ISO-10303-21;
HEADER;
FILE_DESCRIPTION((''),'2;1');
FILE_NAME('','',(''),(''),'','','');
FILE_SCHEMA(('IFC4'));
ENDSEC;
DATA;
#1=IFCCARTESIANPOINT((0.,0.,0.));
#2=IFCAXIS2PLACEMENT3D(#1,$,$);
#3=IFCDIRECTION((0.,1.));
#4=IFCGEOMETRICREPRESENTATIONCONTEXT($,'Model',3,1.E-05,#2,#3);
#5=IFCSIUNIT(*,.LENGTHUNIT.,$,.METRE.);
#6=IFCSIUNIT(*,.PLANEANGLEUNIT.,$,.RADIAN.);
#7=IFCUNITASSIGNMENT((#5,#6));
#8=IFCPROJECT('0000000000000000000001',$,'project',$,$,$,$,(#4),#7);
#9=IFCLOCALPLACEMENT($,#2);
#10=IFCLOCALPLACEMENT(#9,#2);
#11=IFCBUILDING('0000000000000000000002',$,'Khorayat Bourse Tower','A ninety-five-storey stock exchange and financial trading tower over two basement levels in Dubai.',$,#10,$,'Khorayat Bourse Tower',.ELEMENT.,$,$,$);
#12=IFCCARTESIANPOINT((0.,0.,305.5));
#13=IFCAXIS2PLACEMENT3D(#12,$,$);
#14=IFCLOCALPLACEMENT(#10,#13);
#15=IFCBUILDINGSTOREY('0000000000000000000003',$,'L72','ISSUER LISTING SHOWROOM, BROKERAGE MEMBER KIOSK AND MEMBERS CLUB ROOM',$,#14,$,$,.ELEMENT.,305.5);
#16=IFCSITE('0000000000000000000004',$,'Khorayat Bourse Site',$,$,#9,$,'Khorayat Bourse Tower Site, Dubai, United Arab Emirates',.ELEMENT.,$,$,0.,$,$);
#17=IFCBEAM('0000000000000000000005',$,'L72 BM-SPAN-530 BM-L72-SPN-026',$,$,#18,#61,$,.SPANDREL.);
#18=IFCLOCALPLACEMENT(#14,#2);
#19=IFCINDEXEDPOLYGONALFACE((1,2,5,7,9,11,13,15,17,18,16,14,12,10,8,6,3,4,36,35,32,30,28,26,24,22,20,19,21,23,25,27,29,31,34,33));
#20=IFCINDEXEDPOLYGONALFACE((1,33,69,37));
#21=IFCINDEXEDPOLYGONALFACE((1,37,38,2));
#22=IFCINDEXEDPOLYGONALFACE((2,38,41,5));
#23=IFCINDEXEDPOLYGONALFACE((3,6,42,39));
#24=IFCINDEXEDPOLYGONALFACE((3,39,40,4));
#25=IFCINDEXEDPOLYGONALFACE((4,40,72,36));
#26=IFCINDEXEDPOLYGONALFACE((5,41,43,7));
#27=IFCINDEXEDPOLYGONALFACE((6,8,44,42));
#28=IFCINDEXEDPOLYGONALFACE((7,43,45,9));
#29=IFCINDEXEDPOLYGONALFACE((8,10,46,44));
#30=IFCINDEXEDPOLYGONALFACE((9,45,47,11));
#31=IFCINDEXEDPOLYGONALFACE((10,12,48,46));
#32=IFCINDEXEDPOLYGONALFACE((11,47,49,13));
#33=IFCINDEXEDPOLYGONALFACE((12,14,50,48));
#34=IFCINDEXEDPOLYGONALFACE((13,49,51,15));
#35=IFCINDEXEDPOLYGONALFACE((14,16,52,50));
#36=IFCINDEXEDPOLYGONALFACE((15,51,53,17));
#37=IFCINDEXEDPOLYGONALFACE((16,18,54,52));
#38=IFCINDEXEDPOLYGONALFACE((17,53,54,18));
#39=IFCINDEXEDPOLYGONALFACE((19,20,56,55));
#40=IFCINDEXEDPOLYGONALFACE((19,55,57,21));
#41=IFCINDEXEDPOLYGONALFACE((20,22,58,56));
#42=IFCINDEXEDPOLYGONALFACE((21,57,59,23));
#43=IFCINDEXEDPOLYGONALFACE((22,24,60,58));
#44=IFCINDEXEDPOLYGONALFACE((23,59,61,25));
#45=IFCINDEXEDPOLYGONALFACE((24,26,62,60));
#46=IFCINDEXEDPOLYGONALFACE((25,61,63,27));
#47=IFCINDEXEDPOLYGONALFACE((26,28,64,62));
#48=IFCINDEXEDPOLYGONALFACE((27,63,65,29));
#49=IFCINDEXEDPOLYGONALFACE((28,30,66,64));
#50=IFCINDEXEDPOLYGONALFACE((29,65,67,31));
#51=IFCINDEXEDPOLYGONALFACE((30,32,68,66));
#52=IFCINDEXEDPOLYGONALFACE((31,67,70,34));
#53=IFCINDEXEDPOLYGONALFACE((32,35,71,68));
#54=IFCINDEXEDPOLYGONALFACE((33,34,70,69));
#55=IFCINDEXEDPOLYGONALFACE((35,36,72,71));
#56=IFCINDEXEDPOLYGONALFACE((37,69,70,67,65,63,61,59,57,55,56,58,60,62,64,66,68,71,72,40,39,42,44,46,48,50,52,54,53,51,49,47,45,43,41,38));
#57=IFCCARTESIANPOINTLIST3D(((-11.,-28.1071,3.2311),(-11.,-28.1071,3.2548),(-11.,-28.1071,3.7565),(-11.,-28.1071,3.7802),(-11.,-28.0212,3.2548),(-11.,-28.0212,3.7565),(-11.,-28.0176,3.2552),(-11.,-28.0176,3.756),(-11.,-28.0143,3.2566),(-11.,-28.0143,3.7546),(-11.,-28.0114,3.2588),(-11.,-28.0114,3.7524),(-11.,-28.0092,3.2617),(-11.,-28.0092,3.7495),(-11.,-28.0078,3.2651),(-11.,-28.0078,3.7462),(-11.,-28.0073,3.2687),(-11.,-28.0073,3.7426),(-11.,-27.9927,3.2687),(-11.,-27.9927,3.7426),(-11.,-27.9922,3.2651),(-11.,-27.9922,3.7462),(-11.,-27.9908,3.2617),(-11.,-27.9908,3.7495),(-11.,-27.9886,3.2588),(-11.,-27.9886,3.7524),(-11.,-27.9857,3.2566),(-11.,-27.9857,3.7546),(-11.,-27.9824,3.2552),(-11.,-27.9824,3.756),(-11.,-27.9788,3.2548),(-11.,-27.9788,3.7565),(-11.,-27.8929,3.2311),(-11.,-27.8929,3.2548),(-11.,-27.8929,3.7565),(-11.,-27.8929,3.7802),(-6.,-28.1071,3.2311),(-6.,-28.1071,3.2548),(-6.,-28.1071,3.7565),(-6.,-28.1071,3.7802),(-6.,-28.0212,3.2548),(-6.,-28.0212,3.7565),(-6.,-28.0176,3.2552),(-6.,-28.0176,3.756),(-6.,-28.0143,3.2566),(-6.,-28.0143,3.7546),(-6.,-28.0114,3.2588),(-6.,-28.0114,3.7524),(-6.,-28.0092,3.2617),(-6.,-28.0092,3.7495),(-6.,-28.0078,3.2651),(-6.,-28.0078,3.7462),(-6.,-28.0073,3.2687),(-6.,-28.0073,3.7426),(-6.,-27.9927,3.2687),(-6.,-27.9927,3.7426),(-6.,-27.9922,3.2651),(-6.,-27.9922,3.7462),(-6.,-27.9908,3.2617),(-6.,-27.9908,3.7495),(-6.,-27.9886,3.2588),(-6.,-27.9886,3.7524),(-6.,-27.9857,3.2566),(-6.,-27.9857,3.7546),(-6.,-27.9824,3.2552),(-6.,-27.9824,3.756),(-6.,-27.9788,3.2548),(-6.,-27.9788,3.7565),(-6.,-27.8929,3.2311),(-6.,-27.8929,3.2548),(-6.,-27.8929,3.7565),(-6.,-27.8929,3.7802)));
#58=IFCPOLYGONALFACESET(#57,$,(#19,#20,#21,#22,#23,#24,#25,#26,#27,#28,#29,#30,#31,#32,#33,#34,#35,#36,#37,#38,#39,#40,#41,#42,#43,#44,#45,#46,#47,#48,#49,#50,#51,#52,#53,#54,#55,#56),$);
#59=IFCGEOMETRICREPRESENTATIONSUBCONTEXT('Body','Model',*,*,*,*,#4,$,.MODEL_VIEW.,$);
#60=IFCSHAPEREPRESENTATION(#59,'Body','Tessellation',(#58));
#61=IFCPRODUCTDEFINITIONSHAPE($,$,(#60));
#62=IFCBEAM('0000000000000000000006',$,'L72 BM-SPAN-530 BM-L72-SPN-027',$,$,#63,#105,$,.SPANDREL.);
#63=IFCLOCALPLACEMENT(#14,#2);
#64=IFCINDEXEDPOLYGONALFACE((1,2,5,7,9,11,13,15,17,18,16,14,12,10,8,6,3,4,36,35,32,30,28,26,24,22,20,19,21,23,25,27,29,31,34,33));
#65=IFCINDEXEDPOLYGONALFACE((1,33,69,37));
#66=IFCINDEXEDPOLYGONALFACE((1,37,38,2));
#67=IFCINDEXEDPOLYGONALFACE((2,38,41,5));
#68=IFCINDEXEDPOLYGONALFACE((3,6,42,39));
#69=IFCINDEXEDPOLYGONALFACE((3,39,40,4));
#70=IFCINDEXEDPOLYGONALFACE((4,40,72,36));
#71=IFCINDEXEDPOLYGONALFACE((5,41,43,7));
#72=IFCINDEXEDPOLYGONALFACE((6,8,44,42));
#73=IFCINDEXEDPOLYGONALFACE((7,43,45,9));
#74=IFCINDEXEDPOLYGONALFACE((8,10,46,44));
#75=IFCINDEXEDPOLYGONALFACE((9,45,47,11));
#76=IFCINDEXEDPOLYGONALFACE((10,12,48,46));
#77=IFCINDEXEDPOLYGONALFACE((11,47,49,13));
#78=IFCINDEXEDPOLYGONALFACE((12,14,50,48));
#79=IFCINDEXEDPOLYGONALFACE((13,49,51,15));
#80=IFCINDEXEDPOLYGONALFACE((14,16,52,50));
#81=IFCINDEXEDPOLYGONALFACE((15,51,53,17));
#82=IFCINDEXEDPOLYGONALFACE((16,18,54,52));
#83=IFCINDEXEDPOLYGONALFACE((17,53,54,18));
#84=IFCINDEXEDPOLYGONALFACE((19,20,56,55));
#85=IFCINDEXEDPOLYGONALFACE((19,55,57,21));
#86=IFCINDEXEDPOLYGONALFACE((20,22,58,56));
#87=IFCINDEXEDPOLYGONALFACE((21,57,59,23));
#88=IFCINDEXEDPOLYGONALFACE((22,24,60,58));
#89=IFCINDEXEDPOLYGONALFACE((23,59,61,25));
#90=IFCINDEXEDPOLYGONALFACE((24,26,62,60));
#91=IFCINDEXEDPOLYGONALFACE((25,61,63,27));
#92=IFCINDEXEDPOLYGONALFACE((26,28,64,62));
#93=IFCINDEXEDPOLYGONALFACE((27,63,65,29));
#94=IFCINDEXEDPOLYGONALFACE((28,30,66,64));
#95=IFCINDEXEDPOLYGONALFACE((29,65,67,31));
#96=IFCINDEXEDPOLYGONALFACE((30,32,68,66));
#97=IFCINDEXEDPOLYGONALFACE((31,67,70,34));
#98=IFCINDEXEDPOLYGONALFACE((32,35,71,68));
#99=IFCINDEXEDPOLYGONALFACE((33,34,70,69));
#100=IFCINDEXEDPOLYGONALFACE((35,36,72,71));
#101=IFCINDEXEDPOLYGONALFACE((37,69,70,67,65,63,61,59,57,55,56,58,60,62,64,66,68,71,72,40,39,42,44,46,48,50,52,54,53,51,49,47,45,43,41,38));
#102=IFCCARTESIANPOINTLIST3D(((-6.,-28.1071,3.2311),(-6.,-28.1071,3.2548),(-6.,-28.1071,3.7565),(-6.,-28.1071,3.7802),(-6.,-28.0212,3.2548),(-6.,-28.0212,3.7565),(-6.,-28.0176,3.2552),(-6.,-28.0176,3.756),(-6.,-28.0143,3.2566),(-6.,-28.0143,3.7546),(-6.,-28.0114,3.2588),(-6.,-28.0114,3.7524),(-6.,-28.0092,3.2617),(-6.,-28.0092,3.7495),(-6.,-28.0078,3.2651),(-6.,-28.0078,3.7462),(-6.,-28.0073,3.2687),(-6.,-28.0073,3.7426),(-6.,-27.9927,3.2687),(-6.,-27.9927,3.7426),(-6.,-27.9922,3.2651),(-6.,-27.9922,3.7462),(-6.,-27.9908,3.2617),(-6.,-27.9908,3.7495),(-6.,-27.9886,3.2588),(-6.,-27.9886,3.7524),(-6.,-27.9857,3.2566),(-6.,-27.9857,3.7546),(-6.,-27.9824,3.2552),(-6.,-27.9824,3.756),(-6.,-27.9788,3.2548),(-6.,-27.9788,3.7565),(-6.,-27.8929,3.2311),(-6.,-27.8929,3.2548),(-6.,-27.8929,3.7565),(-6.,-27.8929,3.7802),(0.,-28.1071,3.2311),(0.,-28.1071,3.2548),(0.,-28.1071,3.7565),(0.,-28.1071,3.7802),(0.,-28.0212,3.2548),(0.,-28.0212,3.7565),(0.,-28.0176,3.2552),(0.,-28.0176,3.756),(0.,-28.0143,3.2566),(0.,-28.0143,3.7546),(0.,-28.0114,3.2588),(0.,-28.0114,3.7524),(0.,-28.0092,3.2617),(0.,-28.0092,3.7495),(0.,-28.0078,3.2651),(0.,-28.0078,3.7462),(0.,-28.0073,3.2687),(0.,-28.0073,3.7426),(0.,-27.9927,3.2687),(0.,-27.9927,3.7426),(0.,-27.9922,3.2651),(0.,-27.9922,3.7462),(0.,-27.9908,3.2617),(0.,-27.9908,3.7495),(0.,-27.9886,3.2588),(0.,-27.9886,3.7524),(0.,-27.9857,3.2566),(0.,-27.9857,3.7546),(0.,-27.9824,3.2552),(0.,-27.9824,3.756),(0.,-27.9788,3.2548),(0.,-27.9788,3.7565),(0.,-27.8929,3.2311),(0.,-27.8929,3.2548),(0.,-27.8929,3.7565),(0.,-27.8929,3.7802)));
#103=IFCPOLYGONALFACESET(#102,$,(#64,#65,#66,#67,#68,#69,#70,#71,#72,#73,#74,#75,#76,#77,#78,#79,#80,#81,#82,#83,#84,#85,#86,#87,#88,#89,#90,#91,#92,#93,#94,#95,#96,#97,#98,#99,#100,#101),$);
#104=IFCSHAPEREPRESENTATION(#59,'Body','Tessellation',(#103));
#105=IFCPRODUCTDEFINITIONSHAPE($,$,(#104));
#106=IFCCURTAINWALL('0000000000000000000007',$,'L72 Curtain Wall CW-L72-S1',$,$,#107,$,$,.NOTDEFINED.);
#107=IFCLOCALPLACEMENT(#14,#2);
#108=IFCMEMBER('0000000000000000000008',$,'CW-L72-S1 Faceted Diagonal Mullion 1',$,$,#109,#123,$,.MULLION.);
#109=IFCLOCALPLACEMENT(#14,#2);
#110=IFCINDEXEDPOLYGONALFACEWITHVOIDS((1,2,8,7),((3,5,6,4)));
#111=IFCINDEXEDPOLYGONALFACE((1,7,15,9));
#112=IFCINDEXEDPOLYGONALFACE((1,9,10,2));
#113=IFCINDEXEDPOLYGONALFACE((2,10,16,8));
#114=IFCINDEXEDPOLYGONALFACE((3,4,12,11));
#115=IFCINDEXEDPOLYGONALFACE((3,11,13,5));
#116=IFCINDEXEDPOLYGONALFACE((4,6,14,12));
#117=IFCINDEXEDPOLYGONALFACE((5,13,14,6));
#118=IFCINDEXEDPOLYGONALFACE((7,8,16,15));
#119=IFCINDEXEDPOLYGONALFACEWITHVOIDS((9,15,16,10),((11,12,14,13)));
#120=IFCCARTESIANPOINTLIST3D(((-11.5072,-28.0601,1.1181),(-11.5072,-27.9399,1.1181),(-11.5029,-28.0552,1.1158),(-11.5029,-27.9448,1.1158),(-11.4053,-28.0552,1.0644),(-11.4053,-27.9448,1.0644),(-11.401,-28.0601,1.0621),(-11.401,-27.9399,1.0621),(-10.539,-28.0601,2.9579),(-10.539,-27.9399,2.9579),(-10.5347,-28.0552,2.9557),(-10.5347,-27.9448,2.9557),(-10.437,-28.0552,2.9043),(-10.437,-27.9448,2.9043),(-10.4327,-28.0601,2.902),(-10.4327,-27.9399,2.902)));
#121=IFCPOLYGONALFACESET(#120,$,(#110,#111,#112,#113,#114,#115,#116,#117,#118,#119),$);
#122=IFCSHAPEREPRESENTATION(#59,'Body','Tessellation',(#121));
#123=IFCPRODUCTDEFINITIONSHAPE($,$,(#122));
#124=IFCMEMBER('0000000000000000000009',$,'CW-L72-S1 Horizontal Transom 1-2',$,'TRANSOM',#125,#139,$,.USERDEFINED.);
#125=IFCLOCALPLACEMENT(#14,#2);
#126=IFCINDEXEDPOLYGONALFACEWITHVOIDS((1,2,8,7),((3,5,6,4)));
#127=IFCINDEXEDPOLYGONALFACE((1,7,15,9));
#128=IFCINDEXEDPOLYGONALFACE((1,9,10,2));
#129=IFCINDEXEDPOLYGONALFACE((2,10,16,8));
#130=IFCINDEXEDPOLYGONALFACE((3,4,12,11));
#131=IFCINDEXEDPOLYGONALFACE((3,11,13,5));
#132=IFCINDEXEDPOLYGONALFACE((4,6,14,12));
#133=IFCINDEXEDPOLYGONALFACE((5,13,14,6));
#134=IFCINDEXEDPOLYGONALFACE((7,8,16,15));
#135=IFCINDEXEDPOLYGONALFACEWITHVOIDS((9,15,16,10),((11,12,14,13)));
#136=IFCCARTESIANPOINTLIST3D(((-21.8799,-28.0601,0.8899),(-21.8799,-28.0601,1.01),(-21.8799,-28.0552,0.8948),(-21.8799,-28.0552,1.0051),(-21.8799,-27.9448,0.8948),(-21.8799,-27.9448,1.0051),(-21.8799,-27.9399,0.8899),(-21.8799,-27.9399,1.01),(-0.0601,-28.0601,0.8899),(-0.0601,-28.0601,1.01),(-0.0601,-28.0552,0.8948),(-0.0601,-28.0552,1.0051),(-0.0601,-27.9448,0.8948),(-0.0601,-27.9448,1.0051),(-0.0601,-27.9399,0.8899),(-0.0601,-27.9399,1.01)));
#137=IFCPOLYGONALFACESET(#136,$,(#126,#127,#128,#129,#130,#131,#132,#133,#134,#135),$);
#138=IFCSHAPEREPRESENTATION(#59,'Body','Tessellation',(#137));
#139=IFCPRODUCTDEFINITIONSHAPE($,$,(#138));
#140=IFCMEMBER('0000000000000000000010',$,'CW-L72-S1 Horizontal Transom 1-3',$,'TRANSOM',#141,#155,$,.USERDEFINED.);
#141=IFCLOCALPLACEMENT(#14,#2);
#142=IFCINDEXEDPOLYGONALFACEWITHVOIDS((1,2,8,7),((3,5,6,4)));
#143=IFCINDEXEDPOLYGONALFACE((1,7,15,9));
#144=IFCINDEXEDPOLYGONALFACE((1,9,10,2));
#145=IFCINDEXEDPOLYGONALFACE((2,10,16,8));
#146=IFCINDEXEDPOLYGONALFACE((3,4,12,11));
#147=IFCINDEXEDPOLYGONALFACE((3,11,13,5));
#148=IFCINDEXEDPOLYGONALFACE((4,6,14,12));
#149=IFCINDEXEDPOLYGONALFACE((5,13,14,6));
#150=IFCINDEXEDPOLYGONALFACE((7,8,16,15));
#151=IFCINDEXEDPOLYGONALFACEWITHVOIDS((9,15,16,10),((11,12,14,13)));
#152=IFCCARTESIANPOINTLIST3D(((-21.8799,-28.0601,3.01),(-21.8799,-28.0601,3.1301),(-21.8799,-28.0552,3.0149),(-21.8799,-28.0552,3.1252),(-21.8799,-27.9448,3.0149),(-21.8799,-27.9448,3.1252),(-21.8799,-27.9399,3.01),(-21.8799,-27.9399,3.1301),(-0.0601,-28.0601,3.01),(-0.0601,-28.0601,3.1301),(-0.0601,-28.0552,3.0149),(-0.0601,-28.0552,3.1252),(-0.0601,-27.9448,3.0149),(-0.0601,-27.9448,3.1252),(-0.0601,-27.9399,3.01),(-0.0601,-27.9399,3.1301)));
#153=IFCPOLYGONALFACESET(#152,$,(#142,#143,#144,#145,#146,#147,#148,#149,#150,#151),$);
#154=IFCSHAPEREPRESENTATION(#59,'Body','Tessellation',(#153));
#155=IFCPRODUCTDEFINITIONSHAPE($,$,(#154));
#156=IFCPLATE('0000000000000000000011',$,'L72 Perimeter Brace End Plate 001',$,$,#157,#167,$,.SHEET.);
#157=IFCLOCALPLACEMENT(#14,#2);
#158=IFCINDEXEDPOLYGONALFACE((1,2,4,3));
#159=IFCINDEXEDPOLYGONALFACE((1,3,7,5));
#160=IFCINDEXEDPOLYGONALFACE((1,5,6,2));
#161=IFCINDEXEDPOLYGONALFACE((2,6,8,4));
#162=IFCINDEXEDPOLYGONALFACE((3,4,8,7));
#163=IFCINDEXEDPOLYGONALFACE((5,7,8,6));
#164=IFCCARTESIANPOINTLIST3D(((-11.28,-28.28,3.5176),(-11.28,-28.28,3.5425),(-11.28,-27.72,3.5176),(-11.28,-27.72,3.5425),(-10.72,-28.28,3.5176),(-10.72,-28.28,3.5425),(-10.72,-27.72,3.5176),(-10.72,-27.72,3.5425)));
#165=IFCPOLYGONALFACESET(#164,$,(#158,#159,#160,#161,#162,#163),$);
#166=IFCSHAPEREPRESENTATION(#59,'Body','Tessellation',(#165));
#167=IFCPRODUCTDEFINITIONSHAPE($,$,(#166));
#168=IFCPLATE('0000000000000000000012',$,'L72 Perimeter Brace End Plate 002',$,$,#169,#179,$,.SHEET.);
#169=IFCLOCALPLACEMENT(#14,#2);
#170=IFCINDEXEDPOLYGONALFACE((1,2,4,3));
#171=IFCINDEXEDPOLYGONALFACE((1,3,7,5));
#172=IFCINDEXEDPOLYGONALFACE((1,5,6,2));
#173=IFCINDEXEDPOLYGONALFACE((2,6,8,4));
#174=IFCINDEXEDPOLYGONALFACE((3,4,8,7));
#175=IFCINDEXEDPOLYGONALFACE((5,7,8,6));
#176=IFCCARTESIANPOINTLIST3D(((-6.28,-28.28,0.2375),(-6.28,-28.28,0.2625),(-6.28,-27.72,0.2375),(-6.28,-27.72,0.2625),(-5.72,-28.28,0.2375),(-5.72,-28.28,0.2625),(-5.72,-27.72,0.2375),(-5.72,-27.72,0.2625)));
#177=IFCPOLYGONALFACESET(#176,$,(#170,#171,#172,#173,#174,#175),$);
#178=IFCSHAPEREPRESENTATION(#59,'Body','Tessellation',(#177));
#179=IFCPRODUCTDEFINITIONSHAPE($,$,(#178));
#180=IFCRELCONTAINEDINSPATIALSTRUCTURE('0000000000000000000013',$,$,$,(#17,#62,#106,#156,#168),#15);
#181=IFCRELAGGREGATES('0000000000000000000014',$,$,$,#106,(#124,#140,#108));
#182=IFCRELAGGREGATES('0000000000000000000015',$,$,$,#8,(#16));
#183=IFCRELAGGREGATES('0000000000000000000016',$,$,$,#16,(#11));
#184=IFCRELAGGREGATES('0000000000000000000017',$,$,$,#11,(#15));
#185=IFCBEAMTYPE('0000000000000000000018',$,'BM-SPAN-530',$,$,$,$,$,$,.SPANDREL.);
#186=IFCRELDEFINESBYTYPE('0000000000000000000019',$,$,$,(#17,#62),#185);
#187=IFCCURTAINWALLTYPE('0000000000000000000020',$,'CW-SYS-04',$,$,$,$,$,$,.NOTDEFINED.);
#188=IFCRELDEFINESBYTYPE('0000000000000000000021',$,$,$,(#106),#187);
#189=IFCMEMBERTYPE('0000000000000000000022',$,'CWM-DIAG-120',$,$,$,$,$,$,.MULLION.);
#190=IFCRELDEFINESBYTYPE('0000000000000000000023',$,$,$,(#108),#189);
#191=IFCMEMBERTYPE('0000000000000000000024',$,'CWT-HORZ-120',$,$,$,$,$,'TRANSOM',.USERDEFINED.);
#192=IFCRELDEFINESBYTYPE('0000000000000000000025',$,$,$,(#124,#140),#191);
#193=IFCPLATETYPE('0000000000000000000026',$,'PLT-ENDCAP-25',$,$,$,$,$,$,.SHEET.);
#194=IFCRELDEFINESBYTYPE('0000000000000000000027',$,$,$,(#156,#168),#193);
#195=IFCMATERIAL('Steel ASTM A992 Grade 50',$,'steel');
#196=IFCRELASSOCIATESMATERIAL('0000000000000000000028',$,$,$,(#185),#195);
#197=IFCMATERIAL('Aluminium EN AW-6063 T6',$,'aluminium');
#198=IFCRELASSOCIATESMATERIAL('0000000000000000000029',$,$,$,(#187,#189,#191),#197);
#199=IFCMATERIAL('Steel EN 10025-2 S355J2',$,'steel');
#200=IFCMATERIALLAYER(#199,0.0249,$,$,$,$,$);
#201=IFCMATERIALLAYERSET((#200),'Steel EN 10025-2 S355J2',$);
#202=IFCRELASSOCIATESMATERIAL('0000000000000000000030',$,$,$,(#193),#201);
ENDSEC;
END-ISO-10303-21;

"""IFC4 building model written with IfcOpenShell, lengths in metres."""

from ifc_helpers import new_model, si_unit, direction, frame, origin, origin_2d, place, context, subcontext, project, spatial, rectangle, hollow_rectangle, i_section, extrude, source, transform, mapped, material, layer, layer_set, material_profile, profile_set, type_object, element, aggregate, save


model = new_model("IFC4")

# Units and contexts
model_context = context("Model", 3, precision=1e-05, world=origin(), true_north=direction((0.0, 1.0)))
body_context = subcontext(model_context, "Body", "Model", "MODEL_VIEW")
ifc_project = project(units=[si_unit("LENGTHUNIT", "METRE"), si_unit("PLANEANGLEUNIT", "RADIAN")], contexts=[model_context])

# Site, building, storey
site_placement = place(None, origin())
site = spatial("IfcSite", under=ifc_project, at=site_placement, Name="Khorayat Bourse Site", LongName="Khorayat Bourse Tower Site, Dubai, United Arab Emirates", CompositionType="ELEMENT", RefElevation=0.0)
building_placement = place(site_placement, origin())
building = spatial("IfcBuilding", under=site, at=building_placement, Name="Khorayat Bourse Tower", Description="A ninety-five-storey stock exchange and financial trading tower over two basement levels in Dubai.", LongName="Khorayat Bourse Tower", CompositionType="ELEMENT")
storey_placement = place(building_placement, frame((0.0, 0.0, 305.5)))
storey = spatial("IfcBuildingStorey", under=building, at=storey_placement, Name="L72", Description="ISSUER LISTING SHOWROOM, BROKERAGE MEMBER KIOSK AND MEMBERS CLUB ROOM", CompositionType="ELEMENT", Elevation=305.5)

# Shared definitions
ifc_material_1 = material(Name="Steel ASTM A992 Grade 50", Category="steel")

# Beams
ifc_material_profile_1 = material_profile(ifc_material_1, i_section(OverallWidth=0.2141, OverallDepth=0.5491, WebThickness=0.0146, FlangeThickness=0.0237, FilletRadius=0.0139, at=origin_2d()), Name="W530X138")
ifc_profile_set_1 = profile_set([ifc_material_profile_1], Name="Steel ASTM A992 Grade 50")
beam_type_1 = type_object("IfcBeamType", Name="BM-SPAN-530", PredefinedType="SPANDREL", material=ifc_profile_set_1)
shared_shape_1 = source(origin(), body_context, "Body", "SweptSolid", [
    extrude(i_section(OverallWidth=0.2141, OverallDepth=0.5491, WebThickness=0.0146, FlangeThickness=0.0237, FilletRadius=0.0139, at=origin_2d()), origin(), (0.0, 0.0, 1.0), 5.0),
])
beam_1_placement = place(storey_placement, frame((-11.0, -28.0, 3.5056), z_axis=(1.0, 0.0, 0.0), x_axis=(0.0, 1.0, 0.0)))
element("IfcBeam", 1, at=beam_1_placement, inside=storey, type_object=beam_type_1, Name="L72 BM-SPAN-530 BM-L72-SPN-026", PredefinedType="SPANDREL", context=body_context, shape_type="MappedRepresentation", body=[
    mapped(shared_shape_1, transform((0.0, 0.0, 0.0), scale=1.0)),
])
shared_shape_2 = source(origin(), body_context, "Body", "SweptSolid", [
    extrude(i_section(OverallWidth=0.2141, OverallDepth=0.5491, WebThickness=0.0146, FlangeThickness=0.0237, FilletRadius=0.0139, at=origin_2d()), origin(), (0.0, 0.0, 1.0), 6.0),
])
beam_2_placement = place(storey_placement, frame((-6.0, -28.0, 3.5056), z_axis=(1.0, 0.0, 0.0), x_axis=(0.0, 1.0, 0.0)))
element("IfcBeam", 2, at=beam_2_placement, inside=storey, type_object=beam_type_1, Name="L72 BM-SPAN-530 BM-L72-SPN-027", PredefinedType="SPANDREL", context=body_context, shape_type="MappedRepresentation", body=[
    mapped(shared_shape_2, transform((0.0, 0.0, 0.0), scale=1.0)),
])

# Curtain wall, members
ifc_material_2 = material(Name="Aluminium EN AW-6063 T6", Category="aluminium")
curtain_wall_type = type_object("IfcCurtainWallType", Name="CW-SYS-04", PredefinedType="NOTDEFINED", material=ifc_material_2)
curtain_wall_placement = place(storey_placement, origin())
curtain_wall = element("IfcCurtainWall", 3, at=curtain_wall_placement, inside=storey, type_object=curtain_wall_type, Name="L72 Curtain Wall CW-L72-S1", PredefinedType="NOTDEFINED")
ifc_material_profile_2 = material_profile(ifc_material_2, hollow_rectangle(XDim=0.1201, YDim=0.1201, WallThickness=0.0049, at=origin_2d()), Name="ALU 120x120x5")
ifc_profile_set_2 = profile_set([ifc_material_profile_2], Name="Aluminium EN AW-6063 T6")
member_type_1 = type_object("IfcMemberType", Name="CWM-DIAG-120", PredefinedType="MULLION", material=ifc_profile_set_2)
shared_shape_3 = source(origin(), body_context, "Body", "SweptSolid", [
    extrude(hollow_rectangle(XDim=0.1201, YDim=0.1201, WallThickness=0.0049, at=origin_2d()), origin(), (0.0, 0.0, 1.0), 2.0791),
])
member_1_placement = place(storey_placement, frame((-11.4541, -28.0, 1.0901), z_axis=(0.465717, 0.0, 0.884934), x_axis=(0.0, 1.0, 0.0)))
member_1 = element("IfcMember", 4, at=member_1_placement, type_object=member_type_1, Name="CW-L72-S1 Faceted Diagonal Mullion 1", PredefinedType="MULLION", context=body_context, shape_type="MappedRepresentation", body=[
    mapped(shared_shape_3, transform((0.0, 0.0, 0.0), scale=1.0)),
])
ifc_material_profile_3 = material_profile(ifc_material_2, hollow_rectangle(XDim=0.1201, YDim=0.1201, WallThickness=0.0049, at=origin_2d()), Name="ALU 120x120x5")
ifc_profile_set_3 = profile_set([ifc_material_profile_3], Name="Aluminium EN AW-6063 T6")
member_type_2 = type_object("IfcMemberType", Name="CWT-HORZ-120", ElementType="TRANSOM", PredefinedType="USERDEFINED", material=ifc_profile_set_3)
shared_shape_4 = source(origin(), body_context, "Body", "SweptSolid", [
    extrude(hollow_rectangle(XDim=0.1201, YDim=0.1201, WallThickness=0.0049, at=origin_2d()), origin(), (0.0, 0.0, 1.0), 21.8198),
])
member_2_placement = place(storey_placement, frame((-21.8799, -28.0, 0.95), z_axis=(1.0, 0.0, 0.0), x_axis=(0.0, 1.0, 0.0)))
member_2 = element("IfcMember", 5, at=member_2_placement, type_object=member_type_2, Name="CW-L72-S1 Horizontal Transom 1-2", ObjectType="TRANSOM", PredefinedType="USERDEFINED", context=body_context, shape_type="MappedRepresentation", body=[
    mapped(shared_shape_4, transform((0.0, 0.0, 0.0), scale=1.0)),
])
member_3_placement = place(storey_placement, frame((-21.8799, -28.0, 3.0701), z_axis=(1.0, 0.0, 0.0), x_axis=(0.0, 1.0, 0.0)))
member_3 = element("IfcMember", 6, at=member_3_placement, type_object=member_type_2, Name="CW-L72-S1 Horizontal Transom 1-3", ObjectType="TRANSOM", PredefinedType="USERDEFINED", context=body_context, shape_type="MappedRepresentation", body=[
    mapped(shared_shape_4, transform((0.0, 0.0, 0.0), scale=1.0)),
])

# Plates
ifc_material_3 = material(Name="Steel EN 10025-2 S355J2", Category="steel")
ifc_layer_1 = layer(ifc_material_3, 0.0249)
ifc_layer_set_1 = layer_set([ifc_layer_1], Name="Steel EN 10025-2 S355J2")
plate_type_1 = type_object("IfcPlateType", Name="PLT-ENDCAP-25", PredefinedType="SHEET", material=ifc_layer_set_1)
shared_shape_5 = source(origin(), body_context, "Body", "SweptSolid", [
    extrude(rectangle(XDim=0.5601, YDim=0.5601, at=origin_2d()), origin(), (0.0, 0.0, 1.0), 0.0249),
])
for number, where, z_axis, x_axis, name in (
    (7, (-11.0, -28.0, 3.5176), (0.0, 0.0, 1.0), (1.0, 0.0, 0.0), "L72 Perimeter Brace End Plate 001"),
    (8, (-6.0, -28.0, 0.2375), (0.0, 0.0, 1.0), (1.0, 0.0, 0.0), "L72 Perimeter Brace End Plate 002"),
):
    element("IfcPlate", number, at=place(storey_placement, frame(where, z_axis=z_axis, x_axis=x_axis)), inside=storey, type_object=plate_type_1, Name=name, PredefinedType="SHEET", context=body_context, shape_type="MappedRepresentation", body=[
        mapped(shared_shape_5, transform((0.0, 0.0, 0.0), scale=1.0)),
    ])

aggregate(curtain_wall, [member_2, member_3, member_1])

save(model, "model.ifc")
